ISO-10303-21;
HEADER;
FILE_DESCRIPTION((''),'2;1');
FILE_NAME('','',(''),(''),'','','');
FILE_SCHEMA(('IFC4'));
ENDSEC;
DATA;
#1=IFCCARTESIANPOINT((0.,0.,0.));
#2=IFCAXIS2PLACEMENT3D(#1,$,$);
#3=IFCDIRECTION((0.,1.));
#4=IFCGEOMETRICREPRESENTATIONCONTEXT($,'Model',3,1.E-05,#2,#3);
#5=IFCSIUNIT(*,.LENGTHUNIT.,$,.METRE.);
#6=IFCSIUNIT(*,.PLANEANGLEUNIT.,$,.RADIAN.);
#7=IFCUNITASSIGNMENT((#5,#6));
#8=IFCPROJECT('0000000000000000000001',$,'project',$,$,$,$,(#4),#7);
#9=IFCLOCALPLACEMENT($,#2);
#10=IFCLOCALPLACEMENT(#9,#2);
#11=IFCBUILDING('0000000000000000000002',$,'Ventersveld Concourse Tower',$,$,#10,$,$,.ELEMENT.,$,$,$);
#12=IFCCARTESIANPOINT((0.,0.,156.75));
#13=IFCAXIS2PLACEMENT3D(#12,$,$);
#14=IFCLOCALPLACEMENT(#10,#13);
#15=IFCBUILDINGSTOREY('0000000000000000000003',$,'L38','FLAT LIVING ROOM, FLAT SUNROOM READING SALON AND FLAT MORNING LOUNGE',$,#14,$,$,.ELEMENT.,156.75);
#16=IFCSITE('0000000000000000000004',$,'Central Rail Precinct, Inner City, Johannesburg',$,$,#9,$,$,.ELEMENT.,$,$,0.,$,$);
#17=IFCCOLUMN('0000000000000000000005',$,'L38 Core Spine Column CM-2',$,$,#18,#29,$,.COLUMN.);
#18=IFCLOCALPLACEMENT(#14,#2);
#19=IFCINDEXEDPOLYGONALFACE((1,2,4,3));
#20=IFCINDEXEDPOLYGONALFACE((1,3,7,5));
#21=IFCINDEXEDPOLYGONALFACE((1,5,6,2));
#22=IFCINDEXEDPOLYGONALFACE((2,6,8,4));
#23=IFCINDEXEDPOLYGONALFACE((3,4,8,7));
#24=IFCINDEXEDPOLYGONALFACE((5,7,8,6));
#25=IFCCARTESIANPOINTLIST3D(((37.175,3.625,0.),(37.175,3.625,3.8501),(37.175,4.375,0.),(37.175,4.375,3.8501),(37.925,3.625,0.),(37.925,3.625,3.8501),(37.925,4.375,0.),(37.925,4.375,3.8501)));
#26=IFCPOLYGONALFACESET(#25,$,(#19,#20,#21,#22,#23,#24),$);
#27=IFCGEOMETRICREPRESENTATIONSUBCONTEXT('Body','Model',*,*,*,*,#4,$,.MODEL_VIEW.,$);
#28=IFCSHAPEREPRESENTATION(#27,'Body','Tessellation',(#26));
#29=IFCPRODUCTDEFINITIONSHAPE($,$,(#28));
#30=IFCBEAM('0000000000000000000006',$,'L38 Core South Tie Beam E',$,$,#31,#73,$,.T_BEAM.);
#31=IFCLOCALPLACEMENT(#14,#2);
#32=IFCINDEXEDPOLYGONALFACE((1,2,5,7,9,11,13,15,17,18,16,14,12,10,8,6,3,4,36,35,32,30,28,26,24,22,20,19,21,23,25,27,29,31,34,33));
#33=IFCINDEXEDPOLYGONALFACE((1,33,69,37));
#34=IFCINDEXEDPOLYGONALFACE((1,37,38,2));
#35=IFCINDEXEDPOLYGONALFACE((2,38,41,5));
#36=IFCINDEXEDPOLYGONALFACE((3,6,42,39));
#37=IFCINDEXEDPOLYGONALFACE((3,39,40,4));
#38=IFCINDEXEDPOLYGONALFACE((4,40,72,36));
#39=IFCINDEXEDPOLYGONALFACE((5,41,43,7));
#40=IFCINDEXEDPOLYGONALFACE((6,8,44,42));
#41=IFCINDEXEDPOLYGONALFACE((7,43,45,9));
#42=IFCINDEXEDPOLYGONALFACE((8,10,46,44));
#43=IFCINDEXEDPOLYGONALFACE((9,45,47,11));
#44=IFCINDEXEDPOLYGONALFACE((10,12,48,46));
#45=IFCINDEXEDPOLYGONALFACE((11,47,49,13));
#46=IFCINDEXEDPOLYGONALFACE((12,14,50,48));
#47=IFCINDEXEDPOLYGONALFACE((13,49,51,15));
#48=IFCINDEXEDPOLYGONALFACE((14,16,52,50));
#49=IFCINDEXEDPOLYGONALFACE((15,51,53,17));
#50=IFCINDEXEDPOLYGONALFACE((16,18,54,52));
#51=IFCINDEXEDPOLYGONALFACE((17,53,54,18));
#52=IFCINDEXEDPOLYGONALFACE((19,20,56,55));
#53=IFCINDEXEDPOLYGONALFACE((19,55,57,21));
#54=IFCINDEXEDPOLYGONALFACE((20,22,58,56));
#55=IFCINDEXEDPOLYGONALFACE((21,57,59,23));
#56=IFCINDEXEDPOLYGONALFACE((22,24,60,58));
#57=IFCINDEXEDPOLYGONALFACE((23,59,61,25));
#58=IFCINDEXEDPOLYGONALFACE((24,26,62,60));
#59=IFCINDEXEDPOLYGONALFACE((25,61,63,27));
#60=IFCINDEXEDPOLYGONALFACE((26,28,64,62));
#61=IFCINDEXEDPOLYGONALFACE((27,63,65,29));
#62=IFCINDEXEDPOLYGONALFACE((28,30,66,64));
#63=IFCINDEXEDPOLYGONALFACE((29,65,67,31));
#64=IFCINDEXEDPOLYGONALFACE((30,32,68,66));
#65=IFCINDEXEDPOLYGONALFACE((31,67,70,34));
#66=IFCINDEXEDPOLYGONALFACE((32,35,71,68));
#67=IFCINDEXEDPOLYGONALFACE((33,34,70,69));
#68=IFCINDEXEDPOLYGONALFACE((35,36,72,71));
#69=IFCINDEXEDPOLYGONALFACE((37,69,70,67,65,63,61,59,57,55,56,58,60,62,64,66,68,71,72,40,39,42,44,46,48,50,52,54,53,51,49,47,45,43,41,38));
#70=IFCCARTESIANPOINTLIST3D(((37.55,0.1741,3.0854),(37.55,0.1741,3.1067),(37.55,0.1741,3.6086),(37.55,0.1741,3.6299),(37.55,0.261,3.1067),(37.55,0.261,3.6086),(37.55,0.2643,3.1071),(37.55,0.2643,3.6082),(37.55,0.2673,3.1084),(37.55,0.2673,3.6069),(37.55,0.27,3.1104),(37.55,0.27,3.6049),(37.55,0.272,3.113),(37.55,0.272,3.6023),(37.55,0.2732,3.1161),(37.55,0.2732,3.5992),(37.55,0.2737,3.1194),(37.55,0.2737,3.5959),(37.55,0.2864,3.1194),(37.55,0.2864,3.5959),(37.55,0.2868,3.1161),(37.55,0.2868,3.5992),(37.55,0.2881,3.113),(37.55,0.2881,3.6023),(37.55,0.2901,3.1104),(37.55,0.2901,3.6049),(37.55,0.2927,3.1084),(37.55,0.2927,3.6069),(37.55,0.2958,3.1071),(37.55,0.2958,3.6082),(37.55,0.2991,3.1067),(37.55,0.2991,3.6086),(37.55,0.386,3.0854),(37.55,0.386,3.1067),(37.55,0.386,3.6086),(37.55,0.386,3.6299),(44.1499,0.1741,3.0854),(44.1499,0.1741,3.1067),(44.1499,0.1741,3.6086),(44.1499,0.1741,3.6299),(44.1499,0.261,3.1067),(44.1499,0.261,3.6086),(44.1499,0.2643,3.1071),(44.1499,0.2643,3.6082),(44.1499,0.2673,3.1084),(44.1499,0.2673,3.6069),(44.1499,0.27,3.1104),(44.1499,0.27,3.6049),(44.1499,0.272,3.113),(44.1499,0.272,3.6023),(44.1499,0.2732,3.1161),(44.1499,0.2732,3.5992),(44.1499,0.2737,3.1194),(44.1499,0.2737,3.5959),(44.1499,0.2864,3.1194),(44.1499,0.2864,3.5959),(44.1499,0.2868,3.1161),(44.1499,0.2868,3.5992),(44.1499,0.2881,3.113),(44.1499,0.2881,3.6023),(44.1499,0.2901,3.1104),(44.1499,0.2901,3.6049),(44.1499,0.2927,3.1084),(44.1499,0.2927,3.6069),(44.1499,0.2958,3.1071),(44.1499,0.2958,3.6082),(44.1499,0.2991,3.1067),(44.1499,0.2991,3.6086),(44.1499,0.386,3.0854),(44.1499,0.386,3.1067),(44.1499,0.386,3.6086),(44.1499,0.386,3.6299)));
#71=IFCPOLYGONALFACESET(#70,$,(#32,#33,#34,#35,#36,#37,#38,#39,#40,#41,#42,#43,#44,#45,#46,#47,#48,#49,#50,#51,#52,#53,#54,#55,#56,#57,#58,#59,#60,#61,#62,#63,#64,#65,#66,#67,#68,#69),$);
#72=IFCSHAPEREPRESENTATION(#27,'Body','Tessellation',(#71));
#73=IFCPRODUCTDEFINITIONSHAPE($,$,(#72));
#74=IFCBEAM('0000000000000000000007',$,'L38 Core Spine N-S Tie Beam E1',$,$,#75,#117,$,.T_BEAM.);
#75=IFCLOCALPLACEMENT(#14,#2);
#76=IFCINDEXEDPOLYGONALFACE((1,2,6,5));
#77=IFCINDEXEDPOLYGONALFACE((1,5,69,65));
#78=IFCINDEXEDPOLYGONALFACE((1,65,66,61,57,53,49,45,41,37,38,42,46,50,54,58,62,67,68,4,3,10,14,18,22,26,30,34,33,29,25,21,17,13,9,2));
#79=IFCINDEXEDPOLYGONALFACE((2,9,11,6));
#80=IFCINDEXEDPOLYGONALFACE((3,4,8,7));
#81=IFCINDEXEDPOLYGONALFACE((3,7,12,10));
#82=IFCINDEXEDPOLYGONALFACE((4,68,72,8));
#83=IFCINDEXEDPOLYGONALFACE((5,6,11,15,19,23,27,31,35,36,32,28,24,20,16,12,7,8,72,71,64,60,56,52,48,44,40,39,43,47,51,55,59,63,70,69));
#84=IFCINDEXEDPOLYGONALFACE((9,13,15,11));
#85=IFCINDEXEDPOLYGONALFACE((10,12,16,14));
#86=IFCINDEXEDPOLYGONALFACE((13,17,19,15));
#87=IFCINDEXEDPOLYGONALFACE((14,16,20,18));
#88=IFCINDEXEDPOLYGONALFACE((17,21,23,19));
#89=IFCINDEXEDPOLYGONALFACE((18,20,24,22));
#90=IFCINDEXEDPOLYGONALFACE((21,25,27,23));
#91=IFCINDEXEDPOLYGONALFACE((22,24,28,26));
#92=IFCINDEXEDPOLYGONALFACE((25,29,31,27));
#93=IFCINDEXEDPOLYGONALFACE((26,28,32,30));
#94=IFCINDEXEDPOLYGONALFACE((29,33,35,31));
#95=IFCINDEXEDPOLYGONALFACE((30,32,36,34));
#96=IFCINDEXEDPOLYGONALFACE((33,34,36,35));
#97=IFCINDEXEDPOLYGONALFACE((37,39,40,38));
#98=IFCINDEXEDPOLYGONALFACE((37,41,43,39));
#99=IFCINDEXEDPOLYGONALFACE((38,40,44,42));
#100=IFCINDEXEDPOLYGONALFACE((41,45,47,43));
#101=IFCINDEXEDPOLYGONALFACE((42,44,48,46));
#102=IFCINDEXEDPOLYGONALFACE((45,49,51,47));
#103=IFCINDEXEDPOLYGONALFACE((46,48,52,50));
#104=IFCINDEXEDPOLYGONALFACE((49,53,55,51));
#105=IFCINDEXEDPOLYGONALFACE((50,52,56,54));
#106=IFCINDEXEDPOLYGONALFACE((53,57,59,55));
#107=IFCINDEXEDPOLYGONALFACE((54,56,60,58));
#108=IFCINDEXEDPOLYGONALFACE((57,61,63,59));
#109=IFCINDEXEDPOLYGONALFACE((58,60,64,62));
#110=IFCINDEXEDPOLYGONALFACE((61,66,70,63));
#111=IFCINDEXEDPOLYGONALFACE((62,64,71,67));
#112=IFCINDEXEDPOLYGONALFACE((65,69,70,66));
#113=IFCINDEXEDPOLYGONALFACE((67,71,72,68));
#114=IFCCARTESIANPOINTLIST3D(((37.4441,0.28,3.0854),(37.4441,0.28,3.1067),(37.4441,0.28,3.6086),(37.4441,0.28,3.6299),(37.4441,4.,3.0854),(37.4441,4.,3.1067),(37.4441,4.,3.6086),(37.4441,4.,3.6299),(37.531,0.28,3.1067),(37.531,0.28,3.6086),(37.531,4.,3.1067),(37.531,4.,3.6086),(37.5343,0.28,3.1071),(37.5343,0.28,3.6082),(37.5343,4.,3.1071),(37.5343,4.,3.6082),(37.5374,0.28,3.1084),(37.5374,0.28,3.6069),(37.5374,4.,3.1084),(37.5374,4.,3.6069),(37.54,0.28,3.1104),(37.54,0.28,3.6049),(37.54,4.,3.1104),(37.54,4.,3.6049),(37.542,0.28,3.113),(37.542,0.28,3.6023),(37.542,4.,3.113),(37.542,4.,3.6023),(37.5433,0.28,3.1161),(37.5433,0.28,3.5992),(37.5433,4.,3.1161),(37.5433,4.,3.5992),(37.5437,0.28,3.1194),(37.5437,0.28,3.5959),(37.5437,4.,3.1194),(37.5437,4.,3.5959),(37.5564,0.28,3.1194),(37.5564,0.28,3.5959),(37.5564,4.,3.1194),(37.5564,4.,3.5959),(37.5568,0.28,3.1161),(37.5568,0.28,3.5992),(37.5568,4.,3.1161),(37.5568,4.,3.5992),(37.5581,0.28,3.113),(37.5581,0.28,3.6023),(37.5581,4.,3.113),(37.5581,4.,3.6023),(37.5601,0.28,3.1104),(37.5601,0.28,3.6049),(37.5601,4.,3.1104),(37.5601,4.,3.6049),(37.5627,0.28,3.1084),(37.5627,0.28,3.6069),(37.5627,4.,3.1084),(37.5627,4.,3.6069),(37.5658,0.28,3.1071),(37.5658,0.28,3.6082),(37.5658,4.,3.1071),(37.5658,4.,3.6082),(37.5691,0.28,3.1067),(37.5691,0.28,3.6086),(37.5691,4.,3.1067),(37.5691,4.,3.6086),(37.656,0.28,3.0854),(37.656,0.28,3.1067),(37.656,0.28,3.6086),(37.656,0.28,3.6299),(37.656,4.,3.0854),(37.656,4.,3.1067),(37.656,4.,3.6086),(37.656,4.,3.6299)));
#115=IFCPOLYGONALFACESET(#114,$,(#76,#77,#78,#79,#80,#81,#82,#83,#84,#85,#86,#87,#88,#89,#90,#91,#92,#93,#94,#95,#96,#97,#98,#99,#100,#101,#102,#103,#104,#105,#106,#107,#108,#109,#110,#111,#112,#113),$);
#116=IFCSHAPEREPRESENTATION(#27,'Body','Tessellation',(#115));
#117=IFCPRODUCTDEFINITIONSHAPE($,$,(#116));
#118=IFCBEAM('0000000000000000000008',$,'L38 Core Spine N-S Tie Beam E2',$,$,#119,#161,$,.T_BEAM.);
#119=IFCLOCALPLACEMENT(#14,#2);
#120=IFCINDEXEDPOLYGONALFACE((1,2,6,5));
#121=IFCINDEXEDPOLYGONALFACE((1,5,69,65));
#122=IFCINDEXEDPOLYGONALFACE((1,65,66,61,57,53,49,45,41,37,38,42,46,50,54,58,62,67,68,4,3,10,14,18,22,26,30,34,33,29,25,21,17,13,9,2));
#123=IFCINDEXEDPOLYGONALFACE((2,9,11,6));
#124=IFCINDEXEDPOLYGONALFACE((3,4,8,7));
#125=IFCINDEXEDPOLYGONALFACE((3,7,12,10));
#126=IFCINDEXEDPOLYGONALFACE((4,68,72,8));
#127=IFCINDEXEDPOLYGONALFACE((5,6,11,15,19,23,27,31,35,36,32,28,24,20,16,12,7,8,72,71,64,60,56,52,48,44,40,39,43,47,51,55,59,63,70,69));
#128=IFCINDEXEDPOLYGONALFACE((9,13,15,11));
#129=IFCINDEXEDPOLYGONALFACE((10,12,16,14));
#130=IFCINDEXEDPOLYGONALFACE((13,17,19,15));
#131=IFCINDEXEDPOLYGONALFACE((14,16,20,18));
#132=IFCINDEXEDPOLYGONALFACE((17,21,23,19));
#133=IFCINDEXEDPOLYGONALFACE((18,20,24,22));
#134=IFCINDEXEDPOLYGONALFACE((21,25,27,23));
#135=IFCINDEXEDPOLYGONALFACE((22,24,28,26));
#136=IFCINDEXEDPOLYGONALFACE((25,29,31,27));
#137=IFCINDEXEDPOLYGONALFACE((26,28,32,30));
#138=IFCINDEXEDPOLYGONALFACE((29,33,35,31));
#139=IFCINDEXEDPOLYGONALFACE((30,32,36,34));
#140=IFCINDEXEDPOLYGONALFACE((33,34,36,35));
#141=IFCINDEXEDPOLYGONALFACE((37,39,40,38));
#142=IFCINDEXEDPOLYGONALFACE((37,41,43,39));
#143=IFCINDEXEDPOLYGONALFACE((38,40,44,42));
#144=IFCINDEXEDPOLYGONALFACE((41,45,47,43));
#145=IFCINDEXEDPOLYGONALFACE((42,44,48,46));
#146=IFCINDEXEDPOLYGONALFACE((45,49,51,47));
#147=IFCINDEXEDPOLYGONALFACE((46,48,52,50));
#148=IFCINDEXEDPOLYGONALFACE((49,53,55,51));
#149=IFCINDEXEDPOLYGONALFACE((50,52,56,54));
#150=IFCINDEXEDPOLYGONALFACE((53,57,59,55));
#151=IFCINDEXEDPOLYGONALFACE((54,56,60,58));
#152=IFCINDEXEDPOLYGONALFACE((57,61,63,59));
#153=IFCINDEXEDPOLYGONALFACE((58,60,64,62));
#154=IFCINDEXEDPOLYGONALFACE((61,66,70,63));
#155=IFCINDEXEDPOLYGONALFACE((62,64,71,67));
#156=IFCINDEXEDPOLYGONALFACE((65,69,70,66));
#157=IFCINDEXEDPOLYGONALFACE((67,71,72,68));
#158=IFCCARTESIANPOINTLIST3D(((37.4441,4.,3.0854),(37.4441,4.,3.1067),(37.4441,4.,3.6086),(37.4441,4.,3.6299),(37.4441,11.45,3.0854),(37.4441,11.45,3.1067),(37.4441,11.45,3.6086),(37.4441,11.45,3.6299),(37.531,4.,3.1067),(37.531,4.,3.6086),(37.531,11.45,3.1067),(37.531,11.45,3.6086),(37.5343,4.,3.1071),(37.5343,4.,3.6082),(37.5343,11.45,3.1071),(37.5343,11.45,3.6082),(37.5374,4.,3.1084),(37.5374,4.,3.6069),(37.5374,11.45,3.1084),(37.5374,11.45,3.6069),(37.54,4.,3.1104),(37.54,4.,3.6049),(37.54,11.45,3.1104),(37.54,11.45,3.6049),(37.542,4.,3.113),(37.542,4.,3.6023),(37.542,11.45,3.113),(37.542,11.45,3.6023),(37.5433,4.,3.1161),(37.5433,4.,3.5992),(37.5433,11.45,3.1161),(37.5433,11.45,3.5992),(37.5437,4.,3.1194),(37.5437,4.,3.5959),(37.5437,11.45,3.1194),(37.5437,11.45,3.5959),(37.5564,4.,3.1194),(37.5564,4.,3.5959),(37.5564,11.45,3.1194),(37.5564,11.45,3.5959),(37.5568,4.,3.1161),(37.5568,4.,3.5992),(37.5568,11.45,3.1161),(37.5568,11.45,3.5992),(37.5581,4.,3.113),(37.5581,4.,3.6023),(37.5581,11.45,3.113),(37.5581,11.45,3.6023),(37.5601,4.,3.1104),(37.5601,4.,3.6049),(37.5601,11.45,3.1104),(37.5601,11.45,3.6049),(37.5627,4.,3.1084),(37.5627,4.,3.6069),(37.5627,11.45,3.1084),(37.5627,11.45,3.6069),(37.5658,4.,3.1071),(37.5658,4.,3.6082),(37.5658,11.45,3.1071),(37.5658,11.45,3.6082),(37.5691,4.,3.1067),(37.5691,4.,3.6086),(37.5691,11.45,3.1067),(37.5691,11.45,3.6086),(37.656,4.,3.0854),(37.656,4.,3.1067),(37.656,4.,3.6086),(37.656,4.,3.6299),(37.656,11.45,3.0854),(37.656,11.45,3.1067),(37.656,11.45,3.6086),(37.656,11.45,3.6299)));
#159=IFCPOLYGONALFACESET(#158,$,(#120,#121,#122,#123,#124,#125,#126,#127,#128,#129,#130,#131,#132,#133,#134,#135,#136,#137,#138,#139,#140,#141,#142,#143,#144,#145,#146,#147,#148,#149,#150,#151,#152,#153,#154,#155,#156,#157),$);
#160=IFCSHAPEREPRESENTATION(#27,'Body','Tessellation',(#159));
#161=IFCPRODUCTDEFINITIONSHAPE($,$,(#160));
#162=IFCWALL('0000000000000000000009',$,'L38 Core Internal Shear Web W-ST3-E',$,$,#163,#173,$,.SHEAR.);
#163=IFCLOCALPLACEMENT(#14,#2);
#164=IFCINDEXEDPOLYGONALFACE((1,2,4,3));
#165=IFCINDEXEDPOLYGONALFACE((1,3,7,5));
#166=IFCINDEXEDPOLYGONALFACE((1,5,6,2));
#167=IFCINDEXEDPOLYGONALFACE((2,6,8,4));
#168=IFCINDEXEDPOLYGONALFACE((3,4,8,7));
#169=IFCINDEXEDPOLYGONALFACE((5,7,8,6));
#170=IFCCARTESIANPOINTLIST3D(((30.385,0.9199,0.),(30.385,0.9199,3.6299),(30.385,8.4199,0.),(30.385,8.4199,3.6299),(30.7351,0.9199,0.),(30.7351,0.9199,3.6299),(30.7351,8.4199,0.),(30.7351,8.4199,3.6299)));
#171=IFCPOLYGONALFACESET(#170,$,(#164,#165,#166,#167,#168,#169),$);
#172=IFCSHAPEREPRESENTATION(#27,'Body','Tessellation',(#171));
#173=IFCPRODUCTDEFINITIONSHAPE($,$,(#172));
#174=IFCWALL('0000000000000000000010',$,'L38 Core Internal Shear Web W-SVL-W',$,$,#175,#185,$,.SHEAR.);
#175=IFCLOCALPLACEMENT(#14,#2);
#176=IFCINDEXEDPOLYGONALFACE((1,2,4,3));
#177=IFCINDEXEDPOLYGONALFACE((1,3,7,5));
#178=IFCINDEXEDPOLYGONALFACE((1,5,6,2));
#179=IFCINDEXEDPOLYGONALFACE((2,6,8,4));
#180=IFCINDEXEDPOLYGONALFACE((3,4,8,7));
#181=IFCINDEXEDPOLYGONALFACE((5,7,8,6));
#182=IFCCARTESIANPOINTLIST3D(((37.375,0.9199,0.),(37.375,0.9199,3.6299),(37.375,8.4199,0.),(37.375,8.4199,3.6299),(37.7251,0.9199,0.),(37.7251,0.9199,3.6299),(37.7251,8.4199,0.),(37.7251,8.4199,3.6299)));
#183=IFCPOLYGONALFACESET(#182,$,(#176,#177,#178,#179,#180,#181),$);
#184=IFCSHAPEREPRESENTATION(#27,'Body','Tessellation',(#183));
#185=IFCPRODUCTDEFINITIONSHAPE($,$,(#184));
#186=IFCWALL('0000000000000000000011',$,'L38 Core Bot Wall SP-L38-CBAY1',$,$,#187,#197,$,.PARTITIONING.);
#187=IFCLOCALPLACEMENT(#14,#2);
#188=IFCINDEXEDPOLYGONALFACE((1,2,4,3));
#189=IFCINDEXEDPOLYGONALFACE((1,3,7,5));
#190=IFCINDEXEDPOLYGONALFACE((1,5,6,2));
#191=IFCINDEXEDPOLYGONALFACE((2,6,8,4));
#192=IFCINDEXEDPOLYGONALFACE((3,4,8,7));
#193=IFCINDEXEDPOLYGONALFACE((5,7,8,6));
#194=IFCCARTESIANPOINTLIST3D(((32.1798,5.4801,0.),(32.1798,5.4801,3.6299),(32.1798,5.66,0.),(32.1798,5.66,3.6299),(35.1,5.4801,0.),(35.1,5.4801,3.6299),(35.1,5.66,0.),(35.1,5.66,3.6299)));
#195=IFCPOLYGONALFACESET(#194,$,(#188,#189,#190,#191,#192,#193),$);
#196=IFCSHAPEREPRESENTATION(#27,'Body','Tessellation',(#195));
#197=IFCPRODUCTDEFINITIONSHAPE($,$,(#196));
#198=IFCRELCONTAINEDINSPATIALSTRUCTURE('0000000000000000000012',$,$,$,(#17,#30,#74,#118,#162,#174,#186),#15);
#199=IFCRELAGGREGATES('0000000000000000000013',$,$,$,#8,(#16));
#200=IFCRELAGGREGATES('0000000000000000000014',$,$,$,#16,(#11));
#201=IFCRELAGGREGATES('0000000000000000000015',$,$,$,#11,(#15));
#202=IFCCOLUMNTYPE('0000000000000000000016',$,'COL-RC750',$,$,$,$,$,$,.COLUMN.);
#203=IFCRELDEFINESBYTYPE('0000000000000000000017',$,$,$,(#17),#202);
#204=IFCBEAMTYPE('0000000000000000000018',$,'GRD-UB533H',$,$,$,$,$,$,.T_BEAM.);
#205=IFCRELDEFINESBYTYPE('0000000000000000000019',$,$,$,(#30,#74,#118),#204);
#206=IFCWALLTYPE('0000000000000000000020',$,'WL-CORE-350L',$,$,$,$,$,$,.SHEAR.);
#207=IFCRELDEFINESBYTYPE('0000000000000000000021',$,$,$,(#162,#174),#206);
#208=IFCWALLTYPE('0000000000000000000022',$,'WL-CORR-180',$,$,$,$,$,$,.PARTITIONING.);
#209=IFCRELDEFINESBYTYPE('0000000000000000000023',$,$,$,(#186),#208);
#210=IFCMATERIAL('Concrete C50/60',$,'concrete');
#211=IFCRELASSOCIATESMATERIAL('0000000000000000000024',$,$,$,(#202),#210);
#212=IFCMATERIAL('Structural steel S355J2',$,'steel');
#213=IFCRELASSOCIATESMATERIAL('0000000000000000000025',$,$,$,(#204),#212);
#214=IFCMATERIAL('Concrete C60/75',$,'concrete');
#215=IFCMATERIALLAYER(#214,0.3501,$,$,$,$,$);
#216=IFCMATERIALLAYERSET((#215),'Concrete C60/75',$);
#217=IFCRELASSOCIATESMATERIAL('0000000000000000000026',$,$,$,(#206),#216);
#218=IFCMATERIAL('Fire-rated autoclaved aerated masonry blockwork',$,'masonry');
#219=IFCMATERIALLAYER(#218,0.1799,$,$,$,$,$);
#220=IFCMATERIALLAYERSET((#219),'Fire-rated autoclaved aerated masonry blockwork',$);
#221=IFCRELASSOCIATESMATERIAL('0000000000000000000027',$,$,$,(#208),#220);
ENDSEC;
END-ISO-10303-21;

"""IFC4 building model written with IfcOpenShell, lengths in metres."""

from ifc_helpers import new_model, si_unit, direction, frame, frame_2d, origin, origin_2d, place, context, subcontext, project, spatial, rectangle, i_section, extrude, material, layer, layer_set, material_profile, profile_set, type_object, element, save


model = new_model("IFC4")

# Units and contexts
model_context = context("Model", 3, precision=1e-05, world=origin(), true_north=direction((0.0, 1.0)))
body_context = subcontext(model_context, "Body", "Model", "MODEL_VIEW")
ifc_project = project(units=[si_unit("LENGTHUNIT", "METRE"), si_unit("PLANEANGLEUNIT", "RADIAN")], contexts=[model_context])

# Site, building, storey
site_placement = place(None, origin())
site = spatial("IfcSite", under=ifc_project, at=site_placement, Name="Central Rail Precinct, Inner City, Johannesburg", CompositionType="ELEMENT", RefElevation=0.0)
building_placement = place(site_placement, origin())
building = spatial("IfcBuilding", under=site, at=building_placement, Name="Ventersveld Concourse Tower", CompositionType="ELEMENT")
storey_placement = place(building_placement, frame((0.0, 0.0, 156.75)))
storey = spatial("IfcBuildingStorey", under=building, at=storey_placement, Name="L38", Description="FLAT LIVING ROOM, FLAT SUNROOM READING SALON AND FLAT MORNING LOUNGE", CompositionType="ELEMENT", Elevation=156.75)

# Column
ifc_material_1 = material(Name="Concrete C50/60", Category="concrete")
ifc_material_profile_1 = material_profile(ifc_material_1, rectangle(XDim=0.75, YDim=0.75, at=origin_2d()), Name="RC 750x750")
ifc_profile_set_1 = profile_set([ifc_material_profile_1], Name="Concrete C50/60")
column_type = type_object("IfcColumnType", Name="COL-RC750", PredefinedType="COLUMN", material=ifc_profile_set_1)
column_placement = place(storey_placement, frame((37.55, 4.0, 0.0), z_axis=(0.0, 0.0, 1.0), x_axis=(1.0, 0.0, 0.0)))
element("IfcColumn", 1, at=column_placement, inside=storey, type_object=column_type, Name="L38 Core Spine Column CM-2", PredefinedType="COLUMN", context=body_context, shape_type="SweptSolid", body=[
    extrude(rectangle(XDim=0.75, YDim=0.75, at=origin_2d()), origin(), (0.0, 0.0, 1.0), 3.8501),
])

# Beams
ifc_material_2 = material(Name="Structural steel S355J2", Category="steel")
ifc_material_profile_2 = material_profile(ifc_material_2, i_section(OverallWidth=0.2119, OverallDepth=0.5444, WebThickness=0.0127, FlangeThickness=0.0212, FilletRadius=0.0127, at=origin_2d()), Name="UB 533x210x122")
ifc_profile_set_2 = profile_set([ifc_material_profile_2], Name="Structural steel S355J2")
beam_type = type_object("IfcBeamType", Name="GRD-UB533H", PredefinedType="T_BEAM", material=ifc_profile_set_2)
beam_1_placement = place(storey_placement, frame((37.55, 0.28, 3.3577), z_axis=(1.0, 0.0, 0.0), x_axis=(0.0, 1.0, 0.0)))
element("IfcBeam", 2, at=beam_1_placement, inside=storey, type_object=beam_type, Name="L38 Core South Tie Beam E", PredefinedType="T_BEAM", context=body_context, shape_type="SweptSolid", body=[
    extrude(i_section(OverallWidth=0.2119, OverallDepth=0.5444, WebThickness=0.0127, FlangeThickness=0.0212, FilletRadius=0.0127, at=origin_2d()), origin(), (0.0, 0.0, 1.0), 6.5999),
])
beam_2_placement = place(storey_placement, frame((37.55, 0.28, 3.3577), z_axis=(0.0, 1.0, 0.0), x_axis=(-1.0, 0.0, 0.0)))
element("IfcBeam", 3, at=beam_2_placement, inside=storey, type_object=beam_type, Name="L38 Core Spine N-S Tie Beam E1", PredefinedType="T_BEAM", context=body_context, shape_type="SweptSolid", body=[
    extrude(i_section(OverallWidth=0.2119, OverallDepth=0.5444, WebThickness=0.0127, FlangeThickness=0.0212, FilletRadius=0.0127, at=origin_2d()), origin(), (0.0, 0.0, 1.0), 3.72),
])
beam_3_placement = place(storey_placement, frame((37.55, 4.0, 3.3577), z_axis=(0.0, 1.0, 0.0), x_axis=(-1.0, 0.0, 0.0)))
element("IfcBeam", 4, at=beam_3_placement, inside=storey, type_object=beam_type, Name="L38 Core Spine N-S Tie Beam E2", PredefinedType="T_BEAM", context=body_context, shape_type="SweptSolid", body=[
    extrude(i_section(OverallWidth=0.2119, OverallDepth=0.5444, WebThickness=0.0127, FlangeThickness=0.0212, FilletRadius=0.0127, at=origin_2d()), origin(), (0.0, 0.0, 1.0), 7.45),
])

# Walls
ifc_material_3 = material(Name="Concrete C60/75", Category="concrete")
ifc_layer_1 = layer(ifc_material_3, 0.3501)
ifc_layer_set_1 = layer_set([ifc_layer_1], Name="Concrete C60/75")
wall_type_1 = type_object("IfcWallType", Name="WL-CORE-350L", PredefinedType="SHEAR", material=ifc_layer_set_1)
for number, where, z_axis, x_axis, name in (
    (5, (30.5601, 0.9199, 0.0), (0.0, 0.0, 1.0), (0.0, 1.0, 0.0), "L38 Core Internal Shear Web W-ST3-E"),
    (6, (37.55, 0.9199, 0.0), (0.0, 0.0, 1.0), (0.0, 1.0, 0.0), "L38 Core Internal Shear Web W-SVL-W"),
):
    element("IfcWall", number, at=place(storey_placement, frame(where, z_axis=z_axis, x_axis=x_axis)), inside=storey, type_object=wall_type_1, Name=name, PredefinedType="SHEAR", context=body_context, shape_type="SweptSolid", body=[
        extrude(rectangle(XDim=7.5, YDim=0.3501, at=frame_2d((3.75, 0.0))), origin(), (0.0, 0.0, 1.0), 3.6299),
    ])
ifc_material_4 = material(Name="Fire-rated autoclaved aerated masonry blockwork", Category="masonry")
ifc_layer_2 = layer(ifc_material_4, 0.1799)
ifc_layer_set_2 = layer_set([ifc_layer_2], Name="Fire-rated autoclaved aerated masonry blockwork")
wall_type_2 = type_object("IfcWallType", Name="WL-CORR-180", PredefinedType="PARTITIONING", material=ifc_layer_set_2)
wall_1_placement = place(storey_placement, frame((32.1799, 5.5701, 0.0), z_axis=(0.0, 0.0, 1.0), x_axis=(1.0, 0.0, 0.0)))
element("IfcWall", 7, at=wall_1_placement, inside=storey, type_object=wall_type_2, Name="L38 Core Bot Wall SP-L38-CBAY1", PredefinedType="PARTITIONING", context=body_context, shape_type="SweptSolid", body=[
    extrude(rectangle(XDim=2.9202, YDim=0.1799, at=frame_2d((1.46, 0.0))), origin(), (0.0, 0.0, 1.0), 3.6299),
])

save(model, "model.ifc")
